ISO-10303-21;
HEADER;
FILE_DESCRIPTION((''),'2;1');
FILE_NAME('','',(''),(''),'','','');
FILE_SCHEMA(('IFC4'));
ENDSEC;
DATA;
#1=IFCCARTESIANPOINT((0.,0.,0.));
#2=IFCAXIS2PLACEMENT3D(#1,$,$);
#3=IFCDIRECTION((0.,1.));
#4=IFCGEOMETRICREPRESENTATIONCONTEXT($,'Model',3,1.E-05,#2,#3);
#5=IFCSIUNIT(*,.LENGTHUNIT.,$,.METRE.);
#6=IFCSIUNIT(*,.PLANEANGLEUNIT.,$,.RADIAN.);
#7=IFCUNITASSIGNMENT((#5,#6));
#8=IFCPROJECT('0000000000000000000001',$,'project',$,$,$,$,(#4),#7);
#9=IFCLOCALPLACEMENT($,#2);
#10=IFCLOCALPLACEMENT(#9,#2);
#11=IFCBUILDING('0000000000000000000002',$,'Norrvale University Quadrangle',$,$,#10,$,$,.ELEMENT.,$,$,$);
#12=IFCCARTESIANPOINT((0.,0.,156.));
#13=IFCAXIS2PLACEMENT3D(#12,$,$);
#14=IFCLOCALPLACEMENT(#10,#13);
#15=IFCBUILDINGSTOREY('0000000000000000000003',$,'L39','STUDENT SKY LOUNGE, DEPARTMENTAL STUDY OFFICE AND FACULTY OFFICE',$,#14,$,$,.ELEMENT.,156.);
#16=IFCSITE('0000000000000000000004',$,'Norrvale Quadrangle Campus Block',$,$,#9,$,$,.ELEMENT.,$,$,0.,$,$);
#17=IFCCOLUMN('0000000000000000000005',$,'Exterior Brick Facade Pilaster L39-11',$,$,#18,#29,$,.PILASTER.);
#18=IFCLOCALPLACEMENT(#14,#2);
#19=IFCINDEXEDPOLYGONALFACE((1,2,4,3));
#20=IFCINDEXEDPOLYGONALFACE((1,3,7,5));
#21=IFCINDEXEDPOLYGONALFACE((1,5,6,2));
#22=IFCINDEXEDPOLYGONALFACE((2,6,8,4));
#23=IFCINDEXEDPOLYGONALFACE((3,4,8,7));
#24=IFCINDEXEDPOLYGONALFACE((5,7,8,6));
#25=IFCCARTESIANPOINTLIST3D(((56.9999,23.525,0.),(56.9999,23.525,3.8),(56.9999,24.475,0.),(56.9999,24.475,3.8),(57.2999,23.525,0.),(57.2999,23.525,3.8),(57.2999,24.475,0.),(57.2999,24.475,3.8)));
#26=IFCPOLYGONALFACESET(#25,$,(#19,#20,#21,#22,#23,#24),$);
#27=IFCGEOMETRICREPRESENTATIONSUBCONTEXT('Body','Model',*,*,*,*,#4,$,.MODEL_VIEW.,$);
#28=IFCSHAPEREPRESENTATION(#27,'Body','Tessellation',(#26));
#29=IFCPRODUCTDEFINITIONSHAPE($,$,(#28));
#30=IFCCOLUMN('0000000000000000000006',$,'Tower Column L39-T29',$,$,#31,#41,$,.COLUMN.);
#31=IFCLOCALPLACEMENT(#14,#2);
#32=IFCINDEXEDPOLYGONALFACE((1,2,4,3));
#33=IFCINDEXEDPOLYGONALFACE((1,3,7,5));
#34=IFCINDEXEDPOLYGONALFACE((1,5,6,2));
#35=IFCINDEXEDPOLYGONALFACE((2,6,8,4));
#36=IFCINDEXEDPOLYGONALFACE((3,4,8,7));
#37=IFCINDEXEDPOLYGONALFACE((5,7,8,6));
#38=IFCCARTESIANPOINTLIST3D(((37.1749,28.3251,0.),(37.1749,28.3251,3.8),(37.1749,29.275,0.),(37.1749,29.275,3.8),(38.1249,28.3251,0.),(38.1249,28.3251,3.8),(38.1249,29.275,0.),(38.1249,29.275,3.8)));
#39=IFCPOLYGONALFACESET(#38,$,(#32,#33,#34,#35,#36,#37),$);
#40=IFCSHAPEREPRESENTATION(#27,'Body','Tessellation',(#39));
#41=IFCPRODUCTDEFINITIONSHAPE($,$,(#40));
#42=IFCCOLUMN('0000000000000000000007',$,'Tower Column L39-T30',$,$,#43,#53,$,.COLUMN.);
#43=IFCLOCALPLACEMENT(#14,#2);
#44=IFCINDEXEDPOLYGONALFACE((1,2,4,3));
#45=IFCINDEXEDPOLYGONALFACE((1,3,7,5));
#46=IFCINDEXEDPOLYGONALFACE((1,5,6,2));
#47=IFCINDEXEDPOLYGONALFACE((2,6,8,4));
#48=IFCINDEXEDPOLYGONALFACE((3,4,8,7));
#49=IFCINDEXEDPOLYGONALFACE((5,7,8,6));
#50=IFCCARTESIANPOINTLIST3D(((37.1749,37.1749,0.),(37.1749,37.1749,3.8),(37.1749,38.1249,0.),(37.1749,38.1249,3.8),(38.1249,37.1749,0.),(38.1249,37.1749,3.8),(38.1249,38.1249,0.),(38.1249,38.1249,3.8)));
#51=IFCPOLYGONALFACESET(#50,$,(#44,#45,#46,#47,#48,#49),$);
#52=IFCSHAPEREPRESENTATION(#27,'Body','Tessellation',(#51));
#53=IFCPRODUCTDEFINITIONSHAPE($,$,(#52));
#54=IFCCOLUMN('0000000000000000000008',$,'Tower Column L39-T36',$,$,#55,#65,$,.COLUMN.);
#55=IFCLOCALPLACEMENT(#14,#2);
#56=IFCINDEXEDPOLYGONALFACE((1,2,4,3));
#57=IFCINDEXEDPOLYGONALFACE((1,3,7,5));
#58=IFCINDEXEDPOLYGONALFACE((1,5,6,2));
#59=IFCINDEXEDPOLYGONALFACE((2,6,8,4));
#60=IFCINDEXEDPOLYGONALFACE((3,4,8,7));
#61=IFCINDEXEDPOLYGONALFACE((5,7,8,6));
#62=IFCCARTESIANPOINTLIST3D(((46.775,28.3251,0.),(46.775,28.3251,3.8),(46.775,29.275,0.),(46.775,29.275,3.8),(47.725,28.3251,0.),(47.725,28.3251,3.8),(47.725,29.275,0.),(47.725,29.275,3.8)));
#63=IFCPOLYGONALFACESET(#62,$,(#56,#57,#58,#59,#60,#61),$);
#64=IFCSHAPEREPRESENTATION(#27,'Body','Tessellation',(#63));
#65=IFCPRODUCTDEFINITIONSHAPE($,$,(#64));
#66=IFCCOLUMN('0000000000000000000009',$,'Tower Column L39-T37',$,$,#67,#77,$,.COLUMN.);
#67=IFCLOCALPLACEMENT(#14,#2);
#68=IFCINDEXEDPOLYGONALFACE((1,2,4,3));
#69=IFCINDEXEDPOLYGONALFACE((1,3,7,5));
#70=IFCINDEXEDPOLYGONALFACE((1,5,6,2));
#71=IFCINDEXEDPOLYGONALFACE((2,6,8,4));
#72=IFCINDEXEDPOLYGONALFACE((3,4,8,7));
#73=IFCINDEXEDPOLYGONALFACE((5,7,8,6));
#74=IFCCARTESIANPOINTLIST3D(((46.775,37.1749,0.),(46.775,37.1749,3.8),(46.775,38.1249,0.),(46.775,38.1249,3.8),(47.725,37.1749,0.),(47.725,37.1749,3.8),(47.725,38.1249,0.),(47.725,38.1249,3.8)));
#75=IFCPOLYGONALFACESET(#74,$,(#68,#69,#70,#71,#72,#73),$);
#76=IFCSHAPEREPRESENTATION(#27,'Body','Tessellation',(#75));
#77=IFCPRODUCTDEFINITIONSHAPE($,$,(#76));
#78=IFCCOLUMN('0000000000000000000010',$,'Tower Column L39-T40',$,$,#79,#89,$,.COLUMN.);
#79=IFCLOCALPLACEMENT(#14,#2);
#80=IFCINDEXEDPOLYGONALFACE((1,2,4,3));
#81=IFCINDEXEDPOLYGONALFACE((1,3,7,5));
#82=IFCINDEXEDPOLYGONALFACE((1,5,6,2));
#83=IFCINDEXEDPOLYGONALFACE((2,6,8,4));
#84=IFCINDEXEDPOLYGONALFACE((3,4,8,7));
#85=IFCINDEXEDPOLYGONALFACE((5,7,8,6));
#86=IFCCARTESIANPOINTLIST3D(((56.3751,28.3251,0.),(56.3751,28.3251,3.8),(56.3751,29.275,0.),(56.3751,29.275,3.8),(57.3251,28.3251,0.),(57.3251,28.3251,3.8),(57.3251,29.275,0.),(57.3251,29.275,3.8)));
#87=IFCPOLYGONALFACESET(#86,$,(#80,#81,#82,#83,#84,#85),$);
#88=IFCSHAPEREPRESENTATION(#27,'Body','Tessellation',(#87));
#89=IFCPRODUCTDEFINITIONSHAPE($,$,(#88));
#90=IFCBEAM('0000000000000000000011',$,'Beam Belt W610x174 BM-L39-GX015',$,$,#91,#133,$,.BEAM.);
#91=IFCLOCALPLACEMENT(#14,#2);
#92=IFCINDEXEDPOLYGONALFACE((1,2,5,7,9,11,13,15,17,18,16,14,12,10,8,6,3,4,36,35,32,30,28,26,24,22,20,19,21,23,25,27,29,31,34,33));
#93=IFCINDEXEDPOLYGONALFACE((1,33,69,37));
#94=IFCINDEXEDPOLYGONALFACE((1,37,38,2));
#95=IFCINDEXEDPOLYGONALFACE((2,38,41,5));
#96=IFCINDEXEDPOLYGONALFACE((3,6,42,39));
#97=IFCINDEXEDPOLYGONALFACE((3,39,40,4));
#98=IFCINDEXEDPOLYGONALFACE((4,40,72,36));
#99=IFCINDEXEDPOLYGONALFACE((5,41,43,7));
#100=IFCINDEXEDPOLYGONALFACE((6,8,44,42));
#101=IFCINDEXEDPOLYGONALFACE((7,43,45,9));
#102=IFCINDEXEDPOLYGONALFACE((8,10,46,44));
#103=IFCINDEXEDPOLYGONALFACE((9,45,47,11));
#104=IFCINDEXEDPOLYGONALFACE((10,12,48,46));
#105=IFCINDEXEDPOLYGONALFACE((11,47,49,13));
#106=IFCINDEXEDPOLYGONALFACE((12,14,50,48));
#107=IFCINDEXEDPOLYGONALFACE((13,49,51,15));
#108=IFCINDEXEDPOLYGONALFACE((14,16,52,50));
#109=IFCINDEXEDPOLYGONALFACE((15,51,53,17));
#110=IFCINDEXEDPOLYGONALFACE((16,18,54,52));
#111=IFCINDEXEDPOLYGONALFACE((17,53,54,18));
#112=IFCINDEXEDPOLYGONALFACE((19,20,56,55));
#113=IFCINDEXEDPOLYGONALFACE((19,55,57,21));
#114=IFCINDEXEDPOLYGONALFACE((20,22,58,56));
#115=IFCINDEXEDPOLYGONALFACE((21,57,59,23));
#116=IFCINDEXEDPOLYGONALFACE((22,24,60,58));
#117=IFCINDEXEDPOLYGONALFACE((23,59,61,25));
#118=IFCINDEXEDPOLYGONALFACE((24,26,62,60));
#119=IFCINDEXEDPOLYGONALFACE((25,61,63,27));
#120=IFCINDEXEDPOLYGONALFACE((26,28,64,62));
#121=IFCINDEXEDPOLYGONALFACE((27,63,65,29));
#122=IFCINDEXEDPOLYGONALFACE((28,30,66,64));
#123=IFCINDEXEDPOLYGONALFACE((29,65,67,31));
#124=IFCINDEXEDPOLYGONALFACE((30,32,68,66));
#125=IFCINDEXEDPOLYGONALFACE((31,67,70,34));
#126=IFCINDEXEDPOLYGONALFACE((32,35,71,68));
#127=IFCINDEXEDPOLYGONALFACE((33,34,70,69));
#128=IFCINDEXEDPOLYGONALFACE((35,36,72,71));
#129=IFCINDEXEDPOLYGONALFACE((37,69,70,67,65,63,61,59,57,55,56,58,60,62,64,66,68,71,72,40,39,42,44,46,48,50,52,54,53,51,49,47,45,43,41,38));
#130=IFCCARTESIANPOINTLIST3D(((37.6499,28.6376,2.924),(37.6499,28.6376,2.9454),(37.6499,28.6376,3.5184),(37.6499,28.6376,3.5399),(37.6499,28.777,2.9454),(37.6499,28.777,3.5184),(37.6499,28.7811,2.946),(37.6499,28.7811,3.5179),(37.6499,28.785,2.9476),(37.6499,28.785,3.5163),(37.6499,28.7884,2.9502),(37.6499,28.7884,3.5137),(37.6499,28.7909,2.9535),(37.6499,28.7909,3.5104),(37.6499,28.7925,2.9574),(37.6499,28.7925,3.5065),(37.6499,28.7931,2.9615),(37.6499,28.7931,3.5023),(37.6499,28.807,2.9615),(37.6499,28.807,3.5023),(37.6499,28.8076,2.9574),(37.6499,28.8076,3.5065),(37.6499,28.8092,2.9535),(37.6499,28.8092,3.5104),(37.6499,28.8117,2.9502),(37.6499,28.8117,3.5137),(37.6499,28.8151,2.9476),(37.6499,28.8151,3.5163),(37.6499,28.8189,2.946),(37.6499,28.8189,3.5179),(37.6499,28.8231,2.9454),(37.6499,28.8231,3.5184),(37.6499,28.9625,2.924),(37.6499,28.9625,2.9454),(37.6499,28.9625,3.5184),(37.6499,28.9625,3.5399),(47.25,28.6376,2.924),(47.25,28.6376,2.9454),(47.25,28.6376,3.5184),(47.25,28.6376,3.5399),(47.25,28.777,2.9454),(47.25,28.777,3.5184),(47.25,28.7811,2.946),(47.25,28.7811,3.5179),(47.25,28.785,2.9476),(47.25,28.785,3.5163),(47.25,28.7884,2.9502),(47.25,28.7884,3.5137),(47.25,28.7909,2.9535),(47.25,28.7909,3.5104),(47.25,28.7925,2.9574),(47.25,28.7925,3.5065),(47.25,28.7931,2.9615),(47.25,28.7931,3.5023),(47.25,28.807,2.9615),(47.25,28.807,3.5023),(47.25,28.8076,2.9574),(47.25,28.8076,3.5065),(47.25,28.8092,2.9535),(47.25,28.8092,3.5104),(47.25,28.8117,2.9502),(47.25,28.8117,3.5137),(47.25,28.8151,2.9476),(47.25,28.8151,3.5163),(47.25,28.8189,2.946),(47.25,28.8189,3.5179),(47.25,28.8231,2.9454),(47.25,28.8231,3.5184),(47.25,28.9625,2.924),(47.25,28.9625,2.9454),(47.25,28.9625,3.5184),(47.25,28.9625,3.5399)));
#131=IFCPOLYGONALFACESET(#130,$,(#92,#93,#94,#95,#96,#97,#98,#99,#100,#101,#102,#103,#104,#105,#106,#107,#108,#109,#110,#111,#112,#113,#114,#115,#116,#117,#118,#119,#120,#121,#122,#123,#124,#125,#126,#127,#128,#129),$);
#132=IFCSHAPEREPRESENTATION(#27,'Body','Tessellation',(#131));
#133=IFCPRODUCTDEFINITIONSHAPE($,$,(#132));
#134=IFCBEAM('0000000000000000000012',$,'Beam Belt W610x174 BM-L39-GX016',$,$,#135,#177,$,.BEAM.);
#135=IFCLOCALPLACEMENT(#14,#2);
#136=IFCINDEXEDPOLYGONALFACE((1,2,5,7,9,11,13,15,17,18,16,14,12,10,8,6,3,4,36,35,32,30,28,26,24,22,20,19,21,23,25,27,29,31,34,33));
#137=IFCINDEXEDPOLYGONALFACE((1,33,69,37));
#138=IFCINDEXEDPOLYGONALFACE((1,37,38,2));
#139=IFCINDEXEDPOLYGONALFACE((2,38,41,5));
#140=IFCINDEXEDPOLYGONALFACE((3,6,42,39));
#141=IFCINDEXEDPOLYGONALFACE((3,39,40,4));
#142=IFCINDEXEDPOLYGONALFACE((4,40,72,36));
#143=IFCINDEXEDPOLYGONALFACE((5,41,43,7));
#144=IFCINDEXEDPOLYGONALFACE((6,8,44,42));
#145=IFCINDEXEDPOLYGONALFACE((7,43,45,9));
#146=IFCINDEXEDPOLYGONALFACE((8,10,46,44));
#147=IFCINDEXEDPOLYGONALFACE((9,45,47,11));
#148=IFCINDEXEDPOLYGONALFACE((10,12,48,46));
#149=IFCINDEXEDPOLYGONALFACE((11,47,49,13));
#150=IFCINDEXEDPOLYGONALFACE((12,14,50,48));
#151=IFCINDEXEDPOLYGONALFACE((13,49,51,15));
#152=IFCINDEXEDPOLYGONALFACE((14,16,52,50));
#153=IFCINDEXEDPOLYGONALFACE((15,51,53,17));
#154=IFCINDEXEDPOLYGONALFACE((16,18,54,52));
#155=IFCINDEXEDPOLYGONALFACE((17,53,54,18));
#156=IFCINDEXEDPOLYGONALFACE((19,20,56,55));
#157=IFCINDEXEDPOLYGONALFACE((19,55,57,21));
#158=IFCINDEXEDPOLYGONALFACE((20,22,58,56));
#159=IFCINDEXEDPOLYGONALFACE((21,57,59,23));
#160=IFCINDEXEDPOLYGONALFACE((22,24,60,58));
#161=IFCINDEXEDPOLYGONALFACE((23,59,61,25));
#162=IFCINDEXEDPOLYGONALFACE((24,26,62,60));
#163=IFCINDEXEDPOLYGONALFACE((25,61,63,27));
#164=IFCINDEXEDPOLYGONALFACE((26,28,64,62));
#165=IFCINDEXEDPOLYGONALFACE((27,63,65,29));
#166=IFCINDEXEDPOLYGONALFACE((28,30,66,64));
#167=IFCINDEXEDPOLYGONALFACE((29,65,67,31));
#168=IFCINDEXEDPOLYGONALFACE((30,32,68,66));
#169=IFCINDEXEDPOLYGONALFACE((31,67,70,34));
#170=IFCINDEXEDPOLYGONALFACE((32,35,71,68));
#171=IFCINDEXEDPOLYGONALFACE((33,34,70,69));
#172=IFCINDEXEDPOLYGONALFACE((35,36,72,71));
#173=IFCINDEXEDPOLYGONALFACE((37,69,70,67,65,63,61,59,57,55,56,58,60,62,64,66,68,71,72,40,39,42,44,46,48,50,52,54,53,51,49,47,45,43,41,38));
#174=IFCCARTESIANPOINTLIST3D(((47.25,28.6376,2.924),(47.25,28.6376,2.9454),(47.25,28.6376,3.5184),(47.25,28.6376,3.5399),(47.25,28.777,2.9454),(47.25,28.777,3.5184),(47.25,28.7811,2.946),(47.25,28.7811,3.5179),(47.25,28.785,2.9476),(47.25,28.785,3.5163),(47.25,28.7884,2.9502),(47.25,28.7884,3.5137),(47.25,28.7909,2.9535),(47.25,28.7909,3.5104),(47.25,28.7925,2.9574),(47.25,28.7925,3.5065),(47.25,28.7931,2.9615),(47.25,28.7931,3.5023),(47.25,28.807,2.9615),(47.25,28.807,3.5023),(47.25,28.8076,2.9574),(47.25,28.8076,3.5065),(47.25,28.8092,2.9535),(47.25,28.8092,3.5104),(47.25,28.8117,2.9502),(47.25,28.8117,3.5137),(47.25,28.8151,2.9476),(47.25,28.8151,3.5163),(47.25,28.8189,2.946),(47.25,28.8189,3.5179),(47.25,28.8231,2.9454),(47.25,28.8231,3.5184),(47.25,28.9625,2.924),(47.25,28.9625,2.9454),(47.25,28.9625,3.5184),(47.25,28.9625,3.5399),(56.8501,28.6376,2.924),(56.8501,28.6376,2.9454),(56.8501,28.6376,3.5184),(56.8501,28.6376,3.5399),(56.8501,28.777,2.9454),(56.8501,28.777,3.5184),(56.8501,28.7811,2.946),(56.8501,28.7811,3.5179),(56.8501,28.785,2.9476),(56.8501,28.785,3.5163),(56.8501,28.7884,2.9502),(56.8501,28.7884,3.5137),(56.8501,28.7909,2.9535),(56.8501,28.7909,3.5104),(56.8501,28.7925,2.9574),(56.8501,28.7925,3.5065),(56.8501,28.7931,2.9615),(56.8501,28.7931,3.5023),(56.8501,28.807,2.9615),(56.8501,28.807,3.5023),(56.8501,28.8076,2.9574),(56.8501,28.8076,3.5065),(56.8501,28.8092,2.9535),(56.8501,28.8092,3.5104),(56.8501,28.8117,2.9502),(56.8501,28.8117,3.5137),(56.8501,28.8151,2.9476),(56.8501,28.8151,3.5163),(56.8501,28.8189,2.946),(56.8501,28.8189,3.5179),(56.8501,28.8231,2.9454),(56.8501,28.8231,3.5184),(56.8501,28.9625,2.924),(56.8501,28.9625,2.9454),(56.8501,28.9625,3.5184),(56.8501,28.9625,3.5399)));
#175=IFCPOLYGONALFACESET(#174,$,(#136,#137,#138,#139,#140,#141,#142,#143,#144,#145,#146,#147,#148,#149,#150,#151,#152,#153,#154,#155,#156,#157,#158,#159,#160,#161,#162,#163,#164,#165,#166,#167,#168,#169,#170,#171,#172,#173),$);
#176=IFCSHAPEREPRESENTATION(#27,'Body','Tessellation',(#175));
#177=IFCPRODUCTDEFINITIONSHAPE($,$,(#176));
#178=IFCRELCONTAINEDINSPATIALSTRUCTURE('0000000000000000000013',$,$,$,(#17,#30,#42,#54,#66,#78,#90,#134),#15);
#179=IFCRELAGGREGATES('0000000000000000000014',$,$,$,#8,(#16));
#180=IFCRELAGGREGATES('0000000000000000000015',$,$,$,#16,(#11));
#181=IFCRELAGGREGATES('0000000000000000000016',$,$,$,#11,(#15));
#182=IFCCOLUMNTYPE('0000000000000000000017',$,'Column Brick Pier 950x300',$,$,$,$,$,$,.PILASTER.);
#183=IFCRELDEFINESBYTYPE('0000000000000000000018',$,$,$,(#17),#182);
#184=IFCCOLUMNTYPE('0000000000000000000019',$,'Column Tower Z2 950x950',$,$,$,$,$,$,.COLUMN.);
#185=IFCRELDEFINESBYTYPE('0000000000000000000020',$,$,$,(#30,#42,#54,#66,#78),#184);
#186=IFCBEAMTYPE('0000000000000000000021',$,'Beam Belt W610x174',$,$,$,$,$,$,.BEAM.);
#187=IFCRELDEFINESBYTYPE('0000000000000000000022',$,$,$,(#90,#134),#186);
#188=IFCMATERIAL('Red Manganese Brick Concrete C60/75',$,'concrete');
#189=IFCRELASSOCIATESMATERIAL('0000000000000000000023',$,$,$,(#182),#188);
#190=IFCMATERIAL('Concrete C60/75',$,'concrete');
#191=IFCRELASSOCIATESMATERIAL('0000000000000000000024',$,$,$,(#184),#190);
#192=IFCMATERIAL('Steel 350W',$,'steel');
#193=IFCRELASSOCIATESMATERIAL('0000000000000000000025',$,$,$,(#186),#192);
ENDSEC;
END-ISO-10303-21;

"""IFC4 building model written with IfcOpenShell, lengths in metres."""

from ifc_helpers import new_model, si_unit, direction, frame, origin, origin_2d, place, context, subcontext, project, spatial, rectangle, i_section, extrude, material, material_profile, profile_set, type_object, element, save


model = new_model("IFC4")

# Units and contexts
model_context = context("Model", 3, precision=1e-05, world=origin(), true_north=direction((0.0, 1.0)))
body_context = subcontext(model_context, "Body", "Model", "MODEL_VIEW")
ifc_project = project(units=[si_unit("LENGTHUNIT", "METRE"), si_unit("PLANEANGLEUNIT", "RADIAN")], contexts=[model_context])

# Site, building, storey
site_placement = place(None, origin())
site = spatial("IfcSite", under=ifc_project, at=site_placement, Name="Norrvale Quadrangle Campus Block", CompositionType="ELEMENT", RefElevation=0.0)
building_placement = place(site_placement, origin())
building = spatial("IfcBuilding", under=site, at=building_placement, Name="Norrvale University Quadrangle", CompositionType="ELEMENT")
storey_placement = place(building_placement, frame((0.0, 0.0, 156.0)))
storey = spatial("IfcBuildingStorey", under=building, at=storey_placement, Name="L39", Description="STUDENT SKY LOUNGE, DEPARTMENTAL STUDY OFFICE AND FACULTY OFFICE", CompositionType="ELEMENT", Elevation=156.0)

# Columns
ifc_material_1 = material(Name="Red Manganese Brick Concrete C60/75", Category="concrete")
ifc_material_profile_1 = material_profile(ifc_material_1, rectangle(XDim=0.95, YDim=0.3, at=origin_2d()), Name="Red Manganese Brick Concrete C60/75")
ifc_profile_set_1 = profile_set([ifc_material_profile_1], Name="Red Manganese Brick Concrete C60/75")
column_type_1 = type_object("IfcColumnType", Name="Column Brick Pier 950x300", PredefinedType="PILASTER", material=ifc_profile_set_1)
column_placement = place(storey_placement, frame((57.1499, 24.0, 0.0), z_axis=(0.0, 0.0, 1.0), x_axis=(0.0, 1.0, 0.0)))
element("IfcColumn", 1, at=column_placement, inside=storey, type_object=column_type_1, Name="Exterior Brick Facade Pilaster L39-11", PredefinedType="PILASTER", context=body_context, shape_type="SweptSolid", body=[
    extrude(rectangle(XDim=0.95, YDim=0.3, at=origin_2d()), origin(), (0.0, 0.0, 1.0), 3.8),
])
ifc_material_2 = material(Name="Concrete C60/75", Category="concrete")
ifc_material_profile_2 = material_profile(ifc_material_2, rectangle(XDim=0.95, YDim=0.95, at=origin_2d()), Name="Concrete C60/75")
ifc_profile_set_2 = profile_set([ifc_material_profile_2], Name="Concrete C60/75")
column_type_2 = type_object("IfcColumnType", Name="Column Tower Z2 950x950", PredefinedType="COLUMN", material=ifc_profile_set_2)
for number, where, z_axis, x_axis, name in (
    (2, (37.6499, 28.8, 0.0), (0.0, 0.0, 1.0), (1.0, 0.0, 0.0), "Tower Column L39-T29"),
    (3, (37.6499, 37.6499, 0.0), (0.0, 0.0, 1.0), (1.0, 0.0, 0.0), "Tower Column L39-T30"),
    (4, (47.25, 28.8, 0.0), (0.0, 0.0, 1.0), (1.0, 0.0, 0.0), "Tower Column L39-T36"),
    (5, (47.25, 37.6499, 0.0), (0.0, 0.0, 1.0), (1.0, 0.0, 0.0), "Tower Column L39-T37"),
    (6, (56.8501, 28.8, 0.0), (0.0, 0.0, 1.0), (1.0, 0.0, 0.0), "Tower Column L39-T40"),
):
    element("IfcColumn", number, at=place(storey_placement, frame(where, z_axis=z_axis, x_axis=x_axis)), inside=storey, type_object=column_type_2, Name=name, PredefinedType="COLUMN", context=body_context, shape_type="SweptSolid", body=[
        extrude(rectangle(XDim=0.95, YDim=0.95, at=origin_2d()), origin(), (0.0, 0.0, 1.0), 3.8),
    ])

# Beams
ifc_material_3 = material(Name="Steel 350W", Category="steel")
ifc_material_profile_3 = material_profile(ifc_material_3, i_section(OverallWidth=0.325, OverallDepth=0.616, WebThickness=0.0139, FlangeThickness=0.0215, FilletRadius=0.0161, at=origin_2d()), Name="Steel 350W")
ifc_profile_set_3 = profile_set([ifc_material_profile_3], Name="Steel 350W")
beam_type_1 = type_object("IfcBeamType", Name="Beam Belt W610x174", PredefinedType="BEAM", material=ifc_profile_set_3)
for number, where, z_axis, x_axis, name in (
    (7, (37.6499, 28.8, 3.2319), (1.0, 0.0, 0.0), (0.0, 1.0, 0.0), "Beam Belt W610x174 BM-L39-GX015"),
    (8, (47.25, 28.8, 3.2319), (1.0, 0.0, 0.0), (0.0, 1.0, 0.0), "Beam Belt W610x174 BM-L39-GX016"),
):
    element("IfcBeam", number, at=place(storey_placement, frame(where, z_axis=z_axis, x_axis=x_axis)), inside=storey, type_object=beam_type_1, Name=name, PredefinedType="BEAM", context=body_context, shape_type="SweptSolid", body=[
        extrude(i_section(OverallWidth=0.325, OverallDepth=0.616, WebThickness=0.0139, FlangeThickness=0.0215, FilletRadius=0.0161, at=origin_2d()), origin(), (0.0, 0.0, 1.0), 9.6001),
    ])

save(model, "model.ifc")
